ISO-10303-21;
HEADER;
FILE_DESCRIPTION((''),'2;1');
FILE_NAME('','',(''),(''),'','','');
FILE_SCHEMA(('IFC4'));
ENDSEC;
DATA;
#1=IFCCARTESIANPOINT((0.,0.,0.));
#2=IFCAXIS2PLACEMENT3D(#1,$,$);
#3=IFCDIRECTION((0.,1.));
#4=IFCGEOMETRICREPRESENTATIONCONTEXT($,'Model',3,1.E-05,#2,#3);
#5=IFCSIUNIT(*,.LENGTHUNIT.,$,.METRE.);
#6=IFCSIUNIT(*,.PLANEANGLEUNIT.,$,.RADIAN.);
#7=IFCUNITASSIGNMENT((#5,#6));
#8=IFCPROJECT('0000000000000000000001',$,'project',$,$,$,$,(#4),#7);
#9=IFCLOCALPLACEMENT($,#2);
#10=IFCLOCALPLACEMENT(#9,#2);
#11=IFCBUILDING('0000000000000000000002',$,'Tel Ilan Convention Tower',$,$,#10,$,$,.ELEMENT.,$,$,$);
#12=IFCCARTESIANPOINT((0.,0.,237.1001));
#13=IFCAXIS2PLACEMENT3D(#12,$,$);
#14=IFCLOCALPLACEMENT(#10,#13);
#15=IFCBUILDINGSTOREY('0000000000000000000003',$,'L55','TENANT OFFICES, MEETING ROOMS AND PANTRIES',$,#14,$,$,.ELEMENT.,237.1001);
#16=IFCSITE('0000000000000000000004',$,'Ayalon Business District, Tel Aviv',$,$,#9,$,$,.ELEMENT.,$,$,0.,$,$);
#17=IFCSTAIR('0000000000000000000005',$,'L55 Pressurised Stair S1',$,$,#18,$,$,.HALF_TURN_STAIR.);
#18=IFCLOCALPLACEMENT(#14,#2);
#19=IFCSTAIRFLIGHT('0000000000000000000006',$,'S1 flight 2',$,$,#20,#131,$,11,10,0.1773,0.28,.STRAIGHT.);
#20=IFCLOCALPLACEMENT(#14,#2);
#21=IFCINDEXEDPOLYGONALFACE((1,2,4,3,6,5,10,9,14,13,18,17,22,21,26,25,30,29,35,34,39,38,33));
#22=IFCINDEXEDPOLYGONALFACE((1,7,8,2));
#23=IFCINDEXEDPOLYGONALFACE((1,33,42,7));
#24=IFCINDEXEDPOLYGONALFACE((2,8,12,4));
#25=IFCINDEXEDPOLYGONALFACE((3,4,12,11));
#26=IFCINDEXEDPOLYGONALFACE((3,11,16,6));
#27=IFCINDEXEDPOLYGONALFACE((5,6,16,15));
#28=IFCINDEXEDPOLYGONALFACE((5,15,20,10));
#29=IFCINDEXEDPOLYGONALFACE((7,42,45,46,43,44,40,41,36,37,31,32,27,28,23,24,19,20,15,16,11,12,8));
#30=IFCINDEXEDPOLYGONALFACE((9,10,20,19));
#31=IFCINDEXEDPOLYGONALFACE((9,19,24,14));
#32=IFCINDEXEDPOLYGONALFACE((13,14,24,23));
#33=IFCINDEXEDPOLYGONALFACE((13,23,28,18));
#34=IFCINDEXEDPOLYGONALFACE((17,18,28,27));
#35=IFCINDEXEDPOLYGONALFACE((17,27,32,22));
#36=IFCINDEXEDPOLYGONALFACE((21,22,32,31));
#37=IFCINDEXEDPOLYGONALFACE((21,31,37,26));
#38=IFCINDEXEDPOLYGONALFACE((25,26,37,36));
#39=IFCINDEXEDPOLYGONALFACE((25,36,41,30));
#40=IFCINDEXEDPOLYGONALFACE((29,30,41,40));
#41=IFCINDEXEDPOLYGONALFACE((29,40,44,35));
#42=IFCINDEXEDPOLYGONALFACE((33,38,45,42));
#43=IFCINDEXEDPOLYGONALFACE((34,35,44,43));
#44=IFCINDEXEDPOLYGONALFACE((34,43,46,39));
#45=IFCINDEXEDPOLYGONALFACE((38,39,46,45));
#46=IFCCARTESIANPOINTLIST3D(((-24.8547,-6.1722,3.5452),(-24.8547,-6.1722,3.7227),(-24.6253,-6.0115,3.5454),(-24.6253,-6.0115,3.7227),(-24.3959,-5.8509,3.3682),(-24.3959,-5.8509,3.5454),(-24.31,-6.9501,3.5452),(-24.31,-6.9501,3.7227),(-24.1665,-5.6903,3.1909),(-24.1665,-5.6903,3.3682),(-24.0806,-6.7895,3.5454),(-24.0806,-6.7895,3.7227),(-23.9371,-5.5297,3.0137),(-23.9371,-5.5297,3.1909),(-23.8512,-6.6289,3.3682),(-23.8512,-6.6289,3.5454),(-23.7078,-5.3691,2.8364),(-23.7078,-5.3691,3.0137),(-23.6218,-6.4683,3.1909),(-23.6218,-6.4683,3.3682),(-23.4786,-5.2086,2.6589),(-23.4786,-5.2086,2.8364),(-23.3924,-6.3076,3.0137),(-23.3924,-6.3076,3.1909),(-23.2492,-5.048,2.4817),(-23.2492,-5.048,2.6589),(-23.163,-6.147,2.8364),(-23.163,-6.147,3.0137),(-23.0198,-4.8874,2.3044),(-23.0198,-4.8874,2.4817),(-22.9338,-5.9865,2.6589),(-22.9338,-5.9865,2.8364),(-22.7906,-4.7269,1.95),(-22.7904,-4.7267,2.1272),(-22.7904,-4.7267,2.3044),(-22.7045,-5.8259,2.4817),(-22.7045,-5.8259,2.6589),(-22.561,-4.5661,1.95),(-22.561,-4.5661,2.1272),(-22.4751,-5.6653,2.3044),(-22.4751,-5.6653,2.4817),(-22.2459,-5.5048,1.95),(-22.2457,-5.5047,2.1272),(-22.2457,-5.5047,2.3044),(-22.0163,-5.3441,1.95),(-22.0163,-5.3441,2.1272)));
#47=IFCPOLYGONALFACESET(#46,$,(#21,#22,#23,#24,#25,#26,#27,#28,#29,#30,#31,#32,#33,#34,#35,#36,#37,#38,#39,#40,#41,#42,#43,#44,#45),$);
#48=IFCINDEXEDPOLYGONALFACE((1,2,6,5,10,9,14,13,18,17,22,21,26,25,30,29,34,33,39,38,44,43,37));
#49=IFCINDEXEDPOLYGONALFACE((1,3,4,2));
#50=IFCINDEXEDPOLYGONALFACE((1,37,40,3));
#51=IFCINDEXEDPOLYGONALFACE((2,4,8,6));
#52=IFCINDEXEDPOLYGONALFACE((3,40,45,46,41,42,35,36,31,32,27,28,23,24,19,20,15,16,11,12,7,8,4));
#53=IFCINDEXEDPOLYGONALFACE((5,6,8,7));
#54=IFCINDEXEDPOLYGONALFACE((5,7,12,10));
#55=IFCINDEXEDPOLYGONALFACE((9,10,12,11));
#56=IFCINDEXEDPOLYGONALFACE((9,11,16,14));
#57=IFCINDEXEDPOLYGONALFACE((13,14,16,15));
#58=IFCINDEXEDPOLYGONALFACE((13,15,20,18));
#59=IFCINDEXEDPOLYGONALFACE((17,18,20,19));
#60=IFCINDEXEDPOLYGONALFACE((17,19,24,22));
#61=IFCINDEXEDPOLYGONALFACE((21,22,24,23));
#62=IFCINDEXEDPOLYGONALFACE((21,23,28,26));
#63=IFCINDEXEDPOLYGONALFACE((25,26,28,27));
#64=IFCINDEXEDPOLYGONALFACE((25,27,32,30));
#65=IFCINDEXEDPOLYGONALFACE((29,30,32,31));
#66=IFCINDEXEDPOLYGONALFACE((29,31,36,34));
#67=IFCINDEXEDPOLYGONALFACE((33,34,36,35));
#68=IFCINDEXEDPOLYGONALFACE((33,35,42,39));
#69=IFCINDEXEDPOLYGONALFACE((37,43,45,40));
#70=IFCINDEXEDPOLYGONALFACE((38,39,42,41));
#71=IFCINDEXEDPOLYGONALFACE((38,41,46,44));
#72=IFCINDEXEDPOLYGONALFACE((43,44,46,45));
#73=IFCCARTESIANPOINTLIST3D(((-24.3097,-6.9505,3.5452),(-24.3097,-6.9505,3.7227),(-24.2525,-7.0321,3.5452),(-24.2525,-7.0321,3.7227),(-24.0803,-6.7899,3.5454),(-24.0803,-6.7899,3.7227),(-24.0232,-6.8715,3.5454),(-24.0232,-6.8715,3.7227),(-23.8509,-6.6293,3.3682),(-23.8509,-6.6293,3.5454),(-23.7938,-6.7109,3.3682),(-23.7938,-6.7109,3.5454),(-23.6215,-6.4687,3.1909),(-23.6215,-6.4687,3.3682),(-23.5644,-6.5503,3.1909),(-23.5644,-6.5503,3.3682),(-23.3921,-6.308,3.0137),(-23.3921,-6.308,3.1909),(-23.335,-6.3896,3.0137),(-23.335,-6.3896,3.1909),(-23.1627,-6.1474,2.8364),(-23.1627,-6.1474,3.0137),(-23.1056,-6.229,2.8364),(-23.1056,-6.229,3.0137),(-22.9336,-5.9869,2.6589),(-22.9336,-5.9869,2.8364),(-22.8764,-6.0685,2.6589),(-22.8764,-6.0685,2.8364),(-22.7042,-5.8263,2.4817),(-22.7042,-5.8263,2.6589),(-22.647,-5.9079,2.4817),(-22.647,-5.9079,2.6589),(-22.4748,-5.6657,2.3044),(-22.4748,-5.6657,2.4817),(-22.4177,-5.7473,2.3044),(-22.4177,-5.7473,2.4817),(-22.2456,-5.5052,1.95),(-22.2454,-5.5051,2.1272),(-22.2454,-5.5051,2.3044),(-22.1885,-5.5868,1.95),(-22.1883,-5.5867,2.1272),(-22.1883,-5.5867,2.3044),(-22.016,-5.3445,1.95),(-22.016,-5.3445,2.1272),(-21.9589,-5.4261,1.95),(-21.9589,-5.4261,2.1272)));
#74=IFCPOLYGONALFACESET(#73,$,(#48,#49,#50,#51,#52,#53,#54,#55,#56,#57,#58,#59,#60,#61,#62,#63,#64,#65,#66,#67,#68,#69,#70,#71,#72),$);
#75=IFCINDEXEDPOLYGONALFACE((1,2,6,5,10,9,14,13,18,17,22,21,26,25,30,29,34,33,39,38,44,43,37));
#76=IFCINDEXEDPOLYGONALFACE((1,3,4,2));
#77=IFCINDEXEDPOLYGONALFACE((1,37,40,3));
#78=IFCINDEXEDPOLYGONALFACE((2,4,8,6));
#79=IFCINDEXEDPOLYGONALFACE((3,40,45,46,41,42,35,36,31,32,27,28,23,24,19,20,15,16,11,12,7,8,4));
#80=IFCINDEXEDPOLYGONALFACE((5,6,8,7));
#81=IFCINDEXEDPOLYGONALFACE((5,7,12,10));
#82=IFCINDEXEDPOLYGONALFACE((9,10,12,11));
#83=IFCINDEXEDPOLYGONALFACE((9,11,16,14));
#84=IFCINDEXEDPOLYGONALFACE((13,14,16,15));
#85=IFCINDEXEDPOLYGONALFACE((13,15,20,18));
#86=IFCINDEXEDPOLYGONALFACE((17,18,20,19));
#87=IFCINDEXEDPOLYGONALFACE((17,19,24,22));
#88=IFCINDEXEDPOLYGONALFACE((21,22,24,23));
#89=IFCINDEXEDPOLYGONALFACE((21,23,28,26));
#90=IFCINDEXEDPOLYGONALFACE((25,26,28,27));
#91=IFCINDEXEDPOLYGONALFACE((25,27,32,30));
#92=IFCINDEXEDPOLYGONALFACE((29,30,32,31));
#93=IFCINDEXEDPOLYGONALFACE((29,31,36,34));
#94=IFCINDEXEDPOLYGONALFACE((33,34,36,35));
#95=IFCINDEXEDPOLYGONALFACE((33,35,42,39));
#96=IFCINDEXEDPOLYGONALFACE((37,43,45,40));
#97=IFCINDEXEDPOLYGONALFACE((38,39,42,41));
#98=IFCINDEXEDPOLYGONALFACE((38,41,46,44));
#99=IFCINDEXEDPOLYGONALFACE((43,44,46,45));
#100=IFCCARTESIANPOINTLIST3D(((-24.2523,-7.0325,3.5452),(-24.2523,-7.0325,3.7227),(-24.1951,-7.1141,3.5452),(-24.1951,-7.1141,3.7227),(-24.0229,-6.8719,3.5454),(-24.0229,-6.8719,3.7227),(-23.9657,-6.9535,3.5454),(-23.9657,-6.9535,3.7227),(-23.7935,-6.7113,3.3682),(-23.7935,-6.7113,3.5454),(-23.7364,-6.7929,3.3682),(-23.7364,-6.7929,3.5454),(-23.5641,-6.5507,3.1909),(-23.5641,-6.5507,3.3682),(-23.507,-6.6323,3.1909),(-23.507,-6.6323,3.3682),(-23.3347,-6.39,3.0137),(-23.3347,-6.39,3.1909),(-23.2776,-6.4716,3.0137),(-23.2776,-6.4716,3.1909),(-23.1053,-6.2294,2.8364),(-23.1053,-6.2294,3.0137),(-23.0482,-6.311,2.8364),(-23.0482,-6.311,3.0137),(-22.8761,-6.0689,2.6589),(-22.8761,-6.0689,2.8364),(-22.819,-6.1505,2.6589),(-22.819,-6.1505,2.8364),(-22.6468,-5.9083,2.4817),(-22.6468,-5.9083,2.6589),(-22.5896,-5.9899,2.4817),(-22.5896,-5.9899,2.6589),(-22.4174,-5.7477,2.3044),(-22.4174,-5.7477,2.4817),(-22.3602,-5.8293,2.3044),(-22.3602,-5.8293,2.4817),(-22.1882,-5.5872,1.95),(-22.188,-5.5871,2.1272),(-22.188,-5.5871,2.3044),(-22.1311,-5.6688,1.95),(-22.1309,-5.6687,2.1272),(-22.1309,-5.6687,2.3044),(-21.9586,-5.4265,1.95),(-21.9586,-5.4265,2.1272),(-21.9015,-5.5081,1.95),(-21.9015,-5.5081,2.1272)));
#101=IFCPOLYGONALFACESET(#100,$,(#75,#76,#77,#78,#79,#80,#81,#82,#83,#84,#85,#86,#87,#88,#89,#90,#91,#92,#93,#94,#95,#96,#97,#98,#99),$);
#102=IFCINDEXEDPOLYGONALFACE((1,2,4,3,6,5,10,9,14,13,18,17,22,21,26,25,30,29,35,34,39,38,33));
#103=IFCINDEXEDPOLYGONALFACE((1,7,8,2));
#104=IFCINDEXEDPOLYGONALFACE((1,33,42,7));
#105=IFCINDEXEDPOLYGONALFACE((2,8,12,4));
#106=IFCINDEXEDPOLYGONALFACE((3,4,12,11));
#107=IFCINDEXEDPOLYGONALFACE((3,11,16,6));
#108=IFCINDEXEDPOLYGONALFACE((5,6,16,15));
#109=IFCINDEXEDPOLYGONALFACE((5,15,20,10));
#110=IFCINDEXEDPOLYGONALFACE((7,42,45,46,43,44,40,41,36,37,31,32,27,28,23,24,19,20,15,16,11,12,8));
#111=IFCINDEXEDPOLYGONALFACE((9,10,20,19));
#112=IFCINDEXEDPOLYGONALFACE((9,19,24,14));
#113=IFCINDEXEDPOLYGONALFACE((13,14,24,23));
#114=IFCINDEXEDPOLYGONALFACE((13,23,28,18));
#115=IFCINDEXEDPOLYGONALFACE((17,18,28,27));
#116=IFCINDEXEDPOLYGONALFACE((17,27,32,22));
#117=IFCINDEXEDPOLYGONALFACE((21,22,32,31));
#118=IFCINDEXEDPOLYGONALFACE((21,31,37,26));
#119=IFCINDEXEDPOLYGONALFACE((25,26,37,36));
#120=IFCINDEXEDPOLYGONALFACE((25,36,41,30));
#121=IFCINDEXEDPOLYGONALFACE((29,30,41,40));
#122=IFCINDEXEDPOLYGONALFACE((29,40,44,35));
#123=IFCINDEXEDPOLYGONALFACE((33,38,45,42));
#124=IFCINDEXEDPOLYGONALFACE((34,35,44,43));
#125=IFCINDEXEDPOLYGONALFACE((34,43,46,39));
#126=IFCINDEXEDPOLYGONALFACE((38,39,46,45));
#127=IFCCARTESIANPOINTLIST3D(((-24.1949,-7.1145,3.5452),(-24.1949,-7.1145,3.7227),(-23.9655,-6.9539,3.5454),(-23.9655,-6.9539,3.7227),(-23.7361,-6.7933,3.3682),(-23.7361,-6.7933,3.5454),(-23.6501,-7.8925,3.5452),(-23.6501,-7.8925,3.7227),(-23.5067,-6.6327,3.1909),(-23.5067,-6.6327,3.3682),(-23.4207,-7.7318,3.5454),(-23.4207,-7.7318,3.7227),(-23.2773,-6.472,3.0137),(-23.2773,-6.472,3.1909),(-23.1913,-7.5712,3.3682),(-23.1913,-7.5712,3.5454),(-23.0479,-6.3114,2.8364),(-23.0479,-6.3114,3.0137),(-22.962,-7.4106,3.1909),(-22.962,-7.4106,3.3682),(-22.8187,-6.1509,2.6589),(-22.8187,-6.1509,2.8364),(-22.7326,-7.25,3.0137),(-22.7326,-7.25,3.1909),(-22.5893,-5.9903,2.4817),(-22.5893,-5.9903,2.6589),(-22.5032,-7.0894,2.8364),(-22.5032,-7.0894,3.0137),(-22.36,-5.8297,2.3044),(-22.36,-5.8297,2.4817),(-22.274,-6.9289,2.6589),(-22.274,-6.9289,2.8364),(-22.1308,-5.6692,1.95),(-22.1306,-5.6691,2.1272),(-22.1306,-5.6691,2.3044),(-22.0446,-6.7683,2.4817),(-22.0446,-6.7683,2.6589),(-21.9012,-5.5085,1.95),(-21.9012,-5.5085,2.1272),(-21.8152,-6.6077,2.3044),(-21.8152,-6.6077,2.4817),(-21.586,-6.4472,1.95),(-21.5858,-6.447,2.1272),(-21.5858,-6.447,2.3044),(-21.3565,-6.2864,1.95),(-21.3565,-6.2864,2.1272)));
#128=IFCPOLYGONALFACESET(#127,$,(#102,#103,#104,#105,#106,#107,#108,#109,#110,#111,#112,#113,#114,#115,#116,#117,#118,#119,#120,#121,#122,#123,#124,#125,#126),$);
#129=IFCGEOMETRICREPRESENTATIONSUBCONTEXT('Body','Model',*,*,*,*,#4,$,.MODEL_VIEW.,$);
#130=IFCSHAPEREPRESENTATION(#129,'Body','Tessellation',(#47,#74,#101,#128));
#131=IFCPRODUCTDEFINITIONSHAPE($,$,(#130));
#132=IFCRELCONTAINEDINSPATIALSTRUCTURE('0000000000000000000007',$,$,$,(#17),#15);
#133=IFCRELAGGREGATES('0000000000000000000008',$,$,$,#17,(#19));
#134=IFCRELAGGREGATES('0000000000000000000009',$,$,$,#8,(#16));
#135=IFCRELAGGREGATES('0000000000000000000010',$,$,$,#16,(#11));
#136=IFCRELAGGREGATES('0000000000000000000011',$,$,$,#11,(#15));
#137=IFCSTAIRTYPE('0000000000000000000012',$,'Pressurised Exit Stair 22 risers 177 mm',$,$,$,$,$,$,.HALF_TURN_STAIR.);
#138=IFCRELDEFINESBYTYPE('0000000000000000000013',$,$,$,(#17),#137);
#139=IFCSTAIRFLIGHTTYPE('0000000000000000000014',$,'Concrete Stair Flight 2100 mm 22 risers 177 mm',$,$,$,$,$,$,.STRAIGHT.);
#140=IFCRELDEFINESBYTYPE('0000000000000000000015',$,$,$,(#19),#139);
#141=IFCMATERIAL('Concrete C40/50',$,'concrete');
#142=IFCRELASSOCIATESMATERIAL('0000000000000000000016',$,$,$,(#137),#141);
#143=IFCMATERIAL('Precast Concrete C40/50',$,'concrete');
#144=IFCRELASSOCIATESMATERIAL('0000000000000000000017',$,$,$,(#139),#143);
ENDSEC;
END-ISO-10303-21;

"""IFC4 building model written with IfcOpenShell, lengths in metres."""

from ifc_helpers import new_model, si_unit, direction, frame, origin, place, context, subcontext, project, spatial, polyline, outline, extrude, material, type_object, element, aggregate, save


model = new_model("IFC4")

# Units and contexts
model_context = context("Model", 3, precision=1e-05, world=origin(), true_north=direction((0.0, 1.0)))
body_context = subcontext(model_context, "Body", "Model", "MODEL_VIEW")
ifc_project = project(units=[si_unit("LENGTHUNIT", "METRE"), si_unit("PLANEANGLEUNIT", "RADIAN")], contexts=[model_context])

# Site, building, storey
site_placement = place(None, origin())
site = spatial("IfcSite", under=ifc_project, at=site_placement, Name="Ayalon Business District, Tel Aviv", CompositionType="ELEMENT", RefElevation=0.0)
building_placement = place(site_placement, origin())
building = spatial("IfcBuilding", under=site, at=building_placement, Name="Tel Ilan Convention Tower", CompositionType="ELEMENT")
storey_placement = place(building_placement, frame((0.0, 0.0, 237.1001)))
storey = spatial("IfcBuildingStorey", under=building, at=storey_placement, Name="L55", Description="TENANT OFFICES, MEETING ROOMS AND PANTRIES", CompositionType="ELEMENT", Elevation=237.1001)

# Stair, stair flight
ifc_material_1 = material(Name="Concrete C40/50", Category="concrete")
stair_type = type_object("IfcStairType", Name="Pressurised Exit Stair 22 risers 177 mm", PredefinedType="HALF_TURN_STAIR", material=ifc_material_1)
stair_1_placement = place(storey_placement, origin())
stair_1 = element("IfcStair", 1, at=stair_1_placement, inside=storey, type_object=stair_type, Name="L55 Pressurised Stair S1", PredefinedType="HALF_TURN_STAIR")
ifc_material_2 = material(Name="Precast Concrete C40/50", Category="concrete")
stair_flight_type = type_object("IfcStairFlightType", Name="Concrete Stair Flight 2100 mm 22 risers 177 mm", PredefinedType="STRAIGHT", material=ifc_material_2)
stair_flight_1_placement = place(storey_placement, frame((-21.9587, -5.4263, 1.95), z_axis=(0.0, 0.0, 1.0), x_axis=(-0.819152, -0.573576, 0.0)))
stair_flight_1 = element("IfcStairFlight", 2, at=stair_flight_1_placement, type_object=stair_flight_type, Name="S1 flight 2", NumberOfRisers=11, NumberOfTreads=10, PredefinedType="STRAIGHT", RiserHeight=0.1773, TreadLength=0.28, context=body_context, shape_type="SweptSolid", body=[
    extrude(outline(polyline([(0.0, 0.0), (0.0, 0.1772), (0.28, 0.1772), (0.28, 0.3545), (0.5601, 0.3545), (0.5601, 0.5317), (0.8401, 0.5317), (0.8401, 0.709), (1.1201, 0.709), (1.1201, 0.8865), (1.3999, 0.8865), (1.3999, 1.0637), (1.6799, 1.0637), (1.6799, 1.241), (1.96, 1.241), (1.96, 1.4182), (2.24, 1.4182), (2.24, 1.5955), (2.52, 1.5955), (2.52, 1.7727), (2.8, 1.7727), (2.8, 1.95), (2.8, 1.5952), (0.2803, 0.0), (0.0, 0.0)])), frame((0.0, -0.1003, 0.0), z_axis=(0.0, -1.0, 0.0), x_axis=(1.0, 0.0, 0.0)), (0.0, 0.0, 1.0), 0.9497),
    extrude(outline(polyline([(0.0, 0.0), (0.0, 0.1772), (0.28, 0.1772), (0.28, 0.3545), (0.5601, 0.3545), (0.5601, 0.5317), (0.8401, 0.5317), (0.8401, 0.709), (1.1201, 0.709), (1.1201, 0.8865), (1.3999, 0.8865), (1.3999, 1.0637), (1.6799, 1.0637), (1.6799, 1.241), (1.96, 1.241), (1.96, 1.4182), (2.24, 1.4182), (2.24, 1.5955), (2.52, 1.5955), (2.52, 1.7727), (2.8, 1.7727), (2.8, 1.95), (2.8, 1.5952), (0.2803, 0.0), (0.0, 0.0)])), frame((0.0, -0.0002, 0.0), z_axis=(0.0, -1.0, 0.0), x_axis=(1.0, 0.0, 0.0)), (0.0, 0.0, 1.0), 0.0996),
    extrude(outline(polyline([(0.0, 0.0), (0.0, 0.1772), (0.28, 0.1772), (0.28, 0.3545), (0.5601, 0.3545), (0.5601, 0.5317), (0.8401, 0.5317), (0.8401, 0.709), (1.1201, 0.709), (1.1201, 0.8865), (1.3999, 0.8865), (1.3999, 1.0637), (1.6799, 1.0637), (1.6799, 1.241), (1.96, 1.241), (1.96, 1.4182), (2.24, 1.4182), (2.24, 1.5955), (2.52, 1.5955), (2.52, 1.7727), (2.8, 1.7727), (2.8, 1.95), (2.8, 1.5952), (0.2803, 0.0), (0.0, 0.0)])), frame((0.0, 0.0999, 0.0), z_axis=(0.0, -1.0, 0.0), x_axis=(1.0, 0.0, 0.0)), (0.0, 0.0, 1.0), 0.0996),
    extrude(outline(polyline([(0.0, 0.0), (0.0, 0.1772), (0.28, 0.1772), (0.28, 0.3545), (0.5601, 0.3545), (0.5601, 0.5317), (0.8401, 0.5317), (0.8401, 0.709), (1.1201, 0.709), (1.1201, 0.8865), (1.3999, 0.8865), (1.3999, 1.0637), (1.6799, 1.0637), (1.6799, 1.241), (1.96, 1.241), (1.96, 1.4182), (2.24, 1.4182), (2.24, 1.5955), (2.52, 1.5955), (2.52, 1.7727), (2.8, 1.7727), (2.8, 1.95), (2.8, 1.5952), (0.2803, 0.0), (0.0, 0.0)])), frame((0.0, 1.05, 0.0), z_axis=(0.0, -1.0, 0.0), x_axis=(1.0, 0.0, 0.0)), (0.0, 0.0, 1.0), 0.9497),
])
aggregate(stair_1, [stair_flight_1])

save(model, "model.ifc")
